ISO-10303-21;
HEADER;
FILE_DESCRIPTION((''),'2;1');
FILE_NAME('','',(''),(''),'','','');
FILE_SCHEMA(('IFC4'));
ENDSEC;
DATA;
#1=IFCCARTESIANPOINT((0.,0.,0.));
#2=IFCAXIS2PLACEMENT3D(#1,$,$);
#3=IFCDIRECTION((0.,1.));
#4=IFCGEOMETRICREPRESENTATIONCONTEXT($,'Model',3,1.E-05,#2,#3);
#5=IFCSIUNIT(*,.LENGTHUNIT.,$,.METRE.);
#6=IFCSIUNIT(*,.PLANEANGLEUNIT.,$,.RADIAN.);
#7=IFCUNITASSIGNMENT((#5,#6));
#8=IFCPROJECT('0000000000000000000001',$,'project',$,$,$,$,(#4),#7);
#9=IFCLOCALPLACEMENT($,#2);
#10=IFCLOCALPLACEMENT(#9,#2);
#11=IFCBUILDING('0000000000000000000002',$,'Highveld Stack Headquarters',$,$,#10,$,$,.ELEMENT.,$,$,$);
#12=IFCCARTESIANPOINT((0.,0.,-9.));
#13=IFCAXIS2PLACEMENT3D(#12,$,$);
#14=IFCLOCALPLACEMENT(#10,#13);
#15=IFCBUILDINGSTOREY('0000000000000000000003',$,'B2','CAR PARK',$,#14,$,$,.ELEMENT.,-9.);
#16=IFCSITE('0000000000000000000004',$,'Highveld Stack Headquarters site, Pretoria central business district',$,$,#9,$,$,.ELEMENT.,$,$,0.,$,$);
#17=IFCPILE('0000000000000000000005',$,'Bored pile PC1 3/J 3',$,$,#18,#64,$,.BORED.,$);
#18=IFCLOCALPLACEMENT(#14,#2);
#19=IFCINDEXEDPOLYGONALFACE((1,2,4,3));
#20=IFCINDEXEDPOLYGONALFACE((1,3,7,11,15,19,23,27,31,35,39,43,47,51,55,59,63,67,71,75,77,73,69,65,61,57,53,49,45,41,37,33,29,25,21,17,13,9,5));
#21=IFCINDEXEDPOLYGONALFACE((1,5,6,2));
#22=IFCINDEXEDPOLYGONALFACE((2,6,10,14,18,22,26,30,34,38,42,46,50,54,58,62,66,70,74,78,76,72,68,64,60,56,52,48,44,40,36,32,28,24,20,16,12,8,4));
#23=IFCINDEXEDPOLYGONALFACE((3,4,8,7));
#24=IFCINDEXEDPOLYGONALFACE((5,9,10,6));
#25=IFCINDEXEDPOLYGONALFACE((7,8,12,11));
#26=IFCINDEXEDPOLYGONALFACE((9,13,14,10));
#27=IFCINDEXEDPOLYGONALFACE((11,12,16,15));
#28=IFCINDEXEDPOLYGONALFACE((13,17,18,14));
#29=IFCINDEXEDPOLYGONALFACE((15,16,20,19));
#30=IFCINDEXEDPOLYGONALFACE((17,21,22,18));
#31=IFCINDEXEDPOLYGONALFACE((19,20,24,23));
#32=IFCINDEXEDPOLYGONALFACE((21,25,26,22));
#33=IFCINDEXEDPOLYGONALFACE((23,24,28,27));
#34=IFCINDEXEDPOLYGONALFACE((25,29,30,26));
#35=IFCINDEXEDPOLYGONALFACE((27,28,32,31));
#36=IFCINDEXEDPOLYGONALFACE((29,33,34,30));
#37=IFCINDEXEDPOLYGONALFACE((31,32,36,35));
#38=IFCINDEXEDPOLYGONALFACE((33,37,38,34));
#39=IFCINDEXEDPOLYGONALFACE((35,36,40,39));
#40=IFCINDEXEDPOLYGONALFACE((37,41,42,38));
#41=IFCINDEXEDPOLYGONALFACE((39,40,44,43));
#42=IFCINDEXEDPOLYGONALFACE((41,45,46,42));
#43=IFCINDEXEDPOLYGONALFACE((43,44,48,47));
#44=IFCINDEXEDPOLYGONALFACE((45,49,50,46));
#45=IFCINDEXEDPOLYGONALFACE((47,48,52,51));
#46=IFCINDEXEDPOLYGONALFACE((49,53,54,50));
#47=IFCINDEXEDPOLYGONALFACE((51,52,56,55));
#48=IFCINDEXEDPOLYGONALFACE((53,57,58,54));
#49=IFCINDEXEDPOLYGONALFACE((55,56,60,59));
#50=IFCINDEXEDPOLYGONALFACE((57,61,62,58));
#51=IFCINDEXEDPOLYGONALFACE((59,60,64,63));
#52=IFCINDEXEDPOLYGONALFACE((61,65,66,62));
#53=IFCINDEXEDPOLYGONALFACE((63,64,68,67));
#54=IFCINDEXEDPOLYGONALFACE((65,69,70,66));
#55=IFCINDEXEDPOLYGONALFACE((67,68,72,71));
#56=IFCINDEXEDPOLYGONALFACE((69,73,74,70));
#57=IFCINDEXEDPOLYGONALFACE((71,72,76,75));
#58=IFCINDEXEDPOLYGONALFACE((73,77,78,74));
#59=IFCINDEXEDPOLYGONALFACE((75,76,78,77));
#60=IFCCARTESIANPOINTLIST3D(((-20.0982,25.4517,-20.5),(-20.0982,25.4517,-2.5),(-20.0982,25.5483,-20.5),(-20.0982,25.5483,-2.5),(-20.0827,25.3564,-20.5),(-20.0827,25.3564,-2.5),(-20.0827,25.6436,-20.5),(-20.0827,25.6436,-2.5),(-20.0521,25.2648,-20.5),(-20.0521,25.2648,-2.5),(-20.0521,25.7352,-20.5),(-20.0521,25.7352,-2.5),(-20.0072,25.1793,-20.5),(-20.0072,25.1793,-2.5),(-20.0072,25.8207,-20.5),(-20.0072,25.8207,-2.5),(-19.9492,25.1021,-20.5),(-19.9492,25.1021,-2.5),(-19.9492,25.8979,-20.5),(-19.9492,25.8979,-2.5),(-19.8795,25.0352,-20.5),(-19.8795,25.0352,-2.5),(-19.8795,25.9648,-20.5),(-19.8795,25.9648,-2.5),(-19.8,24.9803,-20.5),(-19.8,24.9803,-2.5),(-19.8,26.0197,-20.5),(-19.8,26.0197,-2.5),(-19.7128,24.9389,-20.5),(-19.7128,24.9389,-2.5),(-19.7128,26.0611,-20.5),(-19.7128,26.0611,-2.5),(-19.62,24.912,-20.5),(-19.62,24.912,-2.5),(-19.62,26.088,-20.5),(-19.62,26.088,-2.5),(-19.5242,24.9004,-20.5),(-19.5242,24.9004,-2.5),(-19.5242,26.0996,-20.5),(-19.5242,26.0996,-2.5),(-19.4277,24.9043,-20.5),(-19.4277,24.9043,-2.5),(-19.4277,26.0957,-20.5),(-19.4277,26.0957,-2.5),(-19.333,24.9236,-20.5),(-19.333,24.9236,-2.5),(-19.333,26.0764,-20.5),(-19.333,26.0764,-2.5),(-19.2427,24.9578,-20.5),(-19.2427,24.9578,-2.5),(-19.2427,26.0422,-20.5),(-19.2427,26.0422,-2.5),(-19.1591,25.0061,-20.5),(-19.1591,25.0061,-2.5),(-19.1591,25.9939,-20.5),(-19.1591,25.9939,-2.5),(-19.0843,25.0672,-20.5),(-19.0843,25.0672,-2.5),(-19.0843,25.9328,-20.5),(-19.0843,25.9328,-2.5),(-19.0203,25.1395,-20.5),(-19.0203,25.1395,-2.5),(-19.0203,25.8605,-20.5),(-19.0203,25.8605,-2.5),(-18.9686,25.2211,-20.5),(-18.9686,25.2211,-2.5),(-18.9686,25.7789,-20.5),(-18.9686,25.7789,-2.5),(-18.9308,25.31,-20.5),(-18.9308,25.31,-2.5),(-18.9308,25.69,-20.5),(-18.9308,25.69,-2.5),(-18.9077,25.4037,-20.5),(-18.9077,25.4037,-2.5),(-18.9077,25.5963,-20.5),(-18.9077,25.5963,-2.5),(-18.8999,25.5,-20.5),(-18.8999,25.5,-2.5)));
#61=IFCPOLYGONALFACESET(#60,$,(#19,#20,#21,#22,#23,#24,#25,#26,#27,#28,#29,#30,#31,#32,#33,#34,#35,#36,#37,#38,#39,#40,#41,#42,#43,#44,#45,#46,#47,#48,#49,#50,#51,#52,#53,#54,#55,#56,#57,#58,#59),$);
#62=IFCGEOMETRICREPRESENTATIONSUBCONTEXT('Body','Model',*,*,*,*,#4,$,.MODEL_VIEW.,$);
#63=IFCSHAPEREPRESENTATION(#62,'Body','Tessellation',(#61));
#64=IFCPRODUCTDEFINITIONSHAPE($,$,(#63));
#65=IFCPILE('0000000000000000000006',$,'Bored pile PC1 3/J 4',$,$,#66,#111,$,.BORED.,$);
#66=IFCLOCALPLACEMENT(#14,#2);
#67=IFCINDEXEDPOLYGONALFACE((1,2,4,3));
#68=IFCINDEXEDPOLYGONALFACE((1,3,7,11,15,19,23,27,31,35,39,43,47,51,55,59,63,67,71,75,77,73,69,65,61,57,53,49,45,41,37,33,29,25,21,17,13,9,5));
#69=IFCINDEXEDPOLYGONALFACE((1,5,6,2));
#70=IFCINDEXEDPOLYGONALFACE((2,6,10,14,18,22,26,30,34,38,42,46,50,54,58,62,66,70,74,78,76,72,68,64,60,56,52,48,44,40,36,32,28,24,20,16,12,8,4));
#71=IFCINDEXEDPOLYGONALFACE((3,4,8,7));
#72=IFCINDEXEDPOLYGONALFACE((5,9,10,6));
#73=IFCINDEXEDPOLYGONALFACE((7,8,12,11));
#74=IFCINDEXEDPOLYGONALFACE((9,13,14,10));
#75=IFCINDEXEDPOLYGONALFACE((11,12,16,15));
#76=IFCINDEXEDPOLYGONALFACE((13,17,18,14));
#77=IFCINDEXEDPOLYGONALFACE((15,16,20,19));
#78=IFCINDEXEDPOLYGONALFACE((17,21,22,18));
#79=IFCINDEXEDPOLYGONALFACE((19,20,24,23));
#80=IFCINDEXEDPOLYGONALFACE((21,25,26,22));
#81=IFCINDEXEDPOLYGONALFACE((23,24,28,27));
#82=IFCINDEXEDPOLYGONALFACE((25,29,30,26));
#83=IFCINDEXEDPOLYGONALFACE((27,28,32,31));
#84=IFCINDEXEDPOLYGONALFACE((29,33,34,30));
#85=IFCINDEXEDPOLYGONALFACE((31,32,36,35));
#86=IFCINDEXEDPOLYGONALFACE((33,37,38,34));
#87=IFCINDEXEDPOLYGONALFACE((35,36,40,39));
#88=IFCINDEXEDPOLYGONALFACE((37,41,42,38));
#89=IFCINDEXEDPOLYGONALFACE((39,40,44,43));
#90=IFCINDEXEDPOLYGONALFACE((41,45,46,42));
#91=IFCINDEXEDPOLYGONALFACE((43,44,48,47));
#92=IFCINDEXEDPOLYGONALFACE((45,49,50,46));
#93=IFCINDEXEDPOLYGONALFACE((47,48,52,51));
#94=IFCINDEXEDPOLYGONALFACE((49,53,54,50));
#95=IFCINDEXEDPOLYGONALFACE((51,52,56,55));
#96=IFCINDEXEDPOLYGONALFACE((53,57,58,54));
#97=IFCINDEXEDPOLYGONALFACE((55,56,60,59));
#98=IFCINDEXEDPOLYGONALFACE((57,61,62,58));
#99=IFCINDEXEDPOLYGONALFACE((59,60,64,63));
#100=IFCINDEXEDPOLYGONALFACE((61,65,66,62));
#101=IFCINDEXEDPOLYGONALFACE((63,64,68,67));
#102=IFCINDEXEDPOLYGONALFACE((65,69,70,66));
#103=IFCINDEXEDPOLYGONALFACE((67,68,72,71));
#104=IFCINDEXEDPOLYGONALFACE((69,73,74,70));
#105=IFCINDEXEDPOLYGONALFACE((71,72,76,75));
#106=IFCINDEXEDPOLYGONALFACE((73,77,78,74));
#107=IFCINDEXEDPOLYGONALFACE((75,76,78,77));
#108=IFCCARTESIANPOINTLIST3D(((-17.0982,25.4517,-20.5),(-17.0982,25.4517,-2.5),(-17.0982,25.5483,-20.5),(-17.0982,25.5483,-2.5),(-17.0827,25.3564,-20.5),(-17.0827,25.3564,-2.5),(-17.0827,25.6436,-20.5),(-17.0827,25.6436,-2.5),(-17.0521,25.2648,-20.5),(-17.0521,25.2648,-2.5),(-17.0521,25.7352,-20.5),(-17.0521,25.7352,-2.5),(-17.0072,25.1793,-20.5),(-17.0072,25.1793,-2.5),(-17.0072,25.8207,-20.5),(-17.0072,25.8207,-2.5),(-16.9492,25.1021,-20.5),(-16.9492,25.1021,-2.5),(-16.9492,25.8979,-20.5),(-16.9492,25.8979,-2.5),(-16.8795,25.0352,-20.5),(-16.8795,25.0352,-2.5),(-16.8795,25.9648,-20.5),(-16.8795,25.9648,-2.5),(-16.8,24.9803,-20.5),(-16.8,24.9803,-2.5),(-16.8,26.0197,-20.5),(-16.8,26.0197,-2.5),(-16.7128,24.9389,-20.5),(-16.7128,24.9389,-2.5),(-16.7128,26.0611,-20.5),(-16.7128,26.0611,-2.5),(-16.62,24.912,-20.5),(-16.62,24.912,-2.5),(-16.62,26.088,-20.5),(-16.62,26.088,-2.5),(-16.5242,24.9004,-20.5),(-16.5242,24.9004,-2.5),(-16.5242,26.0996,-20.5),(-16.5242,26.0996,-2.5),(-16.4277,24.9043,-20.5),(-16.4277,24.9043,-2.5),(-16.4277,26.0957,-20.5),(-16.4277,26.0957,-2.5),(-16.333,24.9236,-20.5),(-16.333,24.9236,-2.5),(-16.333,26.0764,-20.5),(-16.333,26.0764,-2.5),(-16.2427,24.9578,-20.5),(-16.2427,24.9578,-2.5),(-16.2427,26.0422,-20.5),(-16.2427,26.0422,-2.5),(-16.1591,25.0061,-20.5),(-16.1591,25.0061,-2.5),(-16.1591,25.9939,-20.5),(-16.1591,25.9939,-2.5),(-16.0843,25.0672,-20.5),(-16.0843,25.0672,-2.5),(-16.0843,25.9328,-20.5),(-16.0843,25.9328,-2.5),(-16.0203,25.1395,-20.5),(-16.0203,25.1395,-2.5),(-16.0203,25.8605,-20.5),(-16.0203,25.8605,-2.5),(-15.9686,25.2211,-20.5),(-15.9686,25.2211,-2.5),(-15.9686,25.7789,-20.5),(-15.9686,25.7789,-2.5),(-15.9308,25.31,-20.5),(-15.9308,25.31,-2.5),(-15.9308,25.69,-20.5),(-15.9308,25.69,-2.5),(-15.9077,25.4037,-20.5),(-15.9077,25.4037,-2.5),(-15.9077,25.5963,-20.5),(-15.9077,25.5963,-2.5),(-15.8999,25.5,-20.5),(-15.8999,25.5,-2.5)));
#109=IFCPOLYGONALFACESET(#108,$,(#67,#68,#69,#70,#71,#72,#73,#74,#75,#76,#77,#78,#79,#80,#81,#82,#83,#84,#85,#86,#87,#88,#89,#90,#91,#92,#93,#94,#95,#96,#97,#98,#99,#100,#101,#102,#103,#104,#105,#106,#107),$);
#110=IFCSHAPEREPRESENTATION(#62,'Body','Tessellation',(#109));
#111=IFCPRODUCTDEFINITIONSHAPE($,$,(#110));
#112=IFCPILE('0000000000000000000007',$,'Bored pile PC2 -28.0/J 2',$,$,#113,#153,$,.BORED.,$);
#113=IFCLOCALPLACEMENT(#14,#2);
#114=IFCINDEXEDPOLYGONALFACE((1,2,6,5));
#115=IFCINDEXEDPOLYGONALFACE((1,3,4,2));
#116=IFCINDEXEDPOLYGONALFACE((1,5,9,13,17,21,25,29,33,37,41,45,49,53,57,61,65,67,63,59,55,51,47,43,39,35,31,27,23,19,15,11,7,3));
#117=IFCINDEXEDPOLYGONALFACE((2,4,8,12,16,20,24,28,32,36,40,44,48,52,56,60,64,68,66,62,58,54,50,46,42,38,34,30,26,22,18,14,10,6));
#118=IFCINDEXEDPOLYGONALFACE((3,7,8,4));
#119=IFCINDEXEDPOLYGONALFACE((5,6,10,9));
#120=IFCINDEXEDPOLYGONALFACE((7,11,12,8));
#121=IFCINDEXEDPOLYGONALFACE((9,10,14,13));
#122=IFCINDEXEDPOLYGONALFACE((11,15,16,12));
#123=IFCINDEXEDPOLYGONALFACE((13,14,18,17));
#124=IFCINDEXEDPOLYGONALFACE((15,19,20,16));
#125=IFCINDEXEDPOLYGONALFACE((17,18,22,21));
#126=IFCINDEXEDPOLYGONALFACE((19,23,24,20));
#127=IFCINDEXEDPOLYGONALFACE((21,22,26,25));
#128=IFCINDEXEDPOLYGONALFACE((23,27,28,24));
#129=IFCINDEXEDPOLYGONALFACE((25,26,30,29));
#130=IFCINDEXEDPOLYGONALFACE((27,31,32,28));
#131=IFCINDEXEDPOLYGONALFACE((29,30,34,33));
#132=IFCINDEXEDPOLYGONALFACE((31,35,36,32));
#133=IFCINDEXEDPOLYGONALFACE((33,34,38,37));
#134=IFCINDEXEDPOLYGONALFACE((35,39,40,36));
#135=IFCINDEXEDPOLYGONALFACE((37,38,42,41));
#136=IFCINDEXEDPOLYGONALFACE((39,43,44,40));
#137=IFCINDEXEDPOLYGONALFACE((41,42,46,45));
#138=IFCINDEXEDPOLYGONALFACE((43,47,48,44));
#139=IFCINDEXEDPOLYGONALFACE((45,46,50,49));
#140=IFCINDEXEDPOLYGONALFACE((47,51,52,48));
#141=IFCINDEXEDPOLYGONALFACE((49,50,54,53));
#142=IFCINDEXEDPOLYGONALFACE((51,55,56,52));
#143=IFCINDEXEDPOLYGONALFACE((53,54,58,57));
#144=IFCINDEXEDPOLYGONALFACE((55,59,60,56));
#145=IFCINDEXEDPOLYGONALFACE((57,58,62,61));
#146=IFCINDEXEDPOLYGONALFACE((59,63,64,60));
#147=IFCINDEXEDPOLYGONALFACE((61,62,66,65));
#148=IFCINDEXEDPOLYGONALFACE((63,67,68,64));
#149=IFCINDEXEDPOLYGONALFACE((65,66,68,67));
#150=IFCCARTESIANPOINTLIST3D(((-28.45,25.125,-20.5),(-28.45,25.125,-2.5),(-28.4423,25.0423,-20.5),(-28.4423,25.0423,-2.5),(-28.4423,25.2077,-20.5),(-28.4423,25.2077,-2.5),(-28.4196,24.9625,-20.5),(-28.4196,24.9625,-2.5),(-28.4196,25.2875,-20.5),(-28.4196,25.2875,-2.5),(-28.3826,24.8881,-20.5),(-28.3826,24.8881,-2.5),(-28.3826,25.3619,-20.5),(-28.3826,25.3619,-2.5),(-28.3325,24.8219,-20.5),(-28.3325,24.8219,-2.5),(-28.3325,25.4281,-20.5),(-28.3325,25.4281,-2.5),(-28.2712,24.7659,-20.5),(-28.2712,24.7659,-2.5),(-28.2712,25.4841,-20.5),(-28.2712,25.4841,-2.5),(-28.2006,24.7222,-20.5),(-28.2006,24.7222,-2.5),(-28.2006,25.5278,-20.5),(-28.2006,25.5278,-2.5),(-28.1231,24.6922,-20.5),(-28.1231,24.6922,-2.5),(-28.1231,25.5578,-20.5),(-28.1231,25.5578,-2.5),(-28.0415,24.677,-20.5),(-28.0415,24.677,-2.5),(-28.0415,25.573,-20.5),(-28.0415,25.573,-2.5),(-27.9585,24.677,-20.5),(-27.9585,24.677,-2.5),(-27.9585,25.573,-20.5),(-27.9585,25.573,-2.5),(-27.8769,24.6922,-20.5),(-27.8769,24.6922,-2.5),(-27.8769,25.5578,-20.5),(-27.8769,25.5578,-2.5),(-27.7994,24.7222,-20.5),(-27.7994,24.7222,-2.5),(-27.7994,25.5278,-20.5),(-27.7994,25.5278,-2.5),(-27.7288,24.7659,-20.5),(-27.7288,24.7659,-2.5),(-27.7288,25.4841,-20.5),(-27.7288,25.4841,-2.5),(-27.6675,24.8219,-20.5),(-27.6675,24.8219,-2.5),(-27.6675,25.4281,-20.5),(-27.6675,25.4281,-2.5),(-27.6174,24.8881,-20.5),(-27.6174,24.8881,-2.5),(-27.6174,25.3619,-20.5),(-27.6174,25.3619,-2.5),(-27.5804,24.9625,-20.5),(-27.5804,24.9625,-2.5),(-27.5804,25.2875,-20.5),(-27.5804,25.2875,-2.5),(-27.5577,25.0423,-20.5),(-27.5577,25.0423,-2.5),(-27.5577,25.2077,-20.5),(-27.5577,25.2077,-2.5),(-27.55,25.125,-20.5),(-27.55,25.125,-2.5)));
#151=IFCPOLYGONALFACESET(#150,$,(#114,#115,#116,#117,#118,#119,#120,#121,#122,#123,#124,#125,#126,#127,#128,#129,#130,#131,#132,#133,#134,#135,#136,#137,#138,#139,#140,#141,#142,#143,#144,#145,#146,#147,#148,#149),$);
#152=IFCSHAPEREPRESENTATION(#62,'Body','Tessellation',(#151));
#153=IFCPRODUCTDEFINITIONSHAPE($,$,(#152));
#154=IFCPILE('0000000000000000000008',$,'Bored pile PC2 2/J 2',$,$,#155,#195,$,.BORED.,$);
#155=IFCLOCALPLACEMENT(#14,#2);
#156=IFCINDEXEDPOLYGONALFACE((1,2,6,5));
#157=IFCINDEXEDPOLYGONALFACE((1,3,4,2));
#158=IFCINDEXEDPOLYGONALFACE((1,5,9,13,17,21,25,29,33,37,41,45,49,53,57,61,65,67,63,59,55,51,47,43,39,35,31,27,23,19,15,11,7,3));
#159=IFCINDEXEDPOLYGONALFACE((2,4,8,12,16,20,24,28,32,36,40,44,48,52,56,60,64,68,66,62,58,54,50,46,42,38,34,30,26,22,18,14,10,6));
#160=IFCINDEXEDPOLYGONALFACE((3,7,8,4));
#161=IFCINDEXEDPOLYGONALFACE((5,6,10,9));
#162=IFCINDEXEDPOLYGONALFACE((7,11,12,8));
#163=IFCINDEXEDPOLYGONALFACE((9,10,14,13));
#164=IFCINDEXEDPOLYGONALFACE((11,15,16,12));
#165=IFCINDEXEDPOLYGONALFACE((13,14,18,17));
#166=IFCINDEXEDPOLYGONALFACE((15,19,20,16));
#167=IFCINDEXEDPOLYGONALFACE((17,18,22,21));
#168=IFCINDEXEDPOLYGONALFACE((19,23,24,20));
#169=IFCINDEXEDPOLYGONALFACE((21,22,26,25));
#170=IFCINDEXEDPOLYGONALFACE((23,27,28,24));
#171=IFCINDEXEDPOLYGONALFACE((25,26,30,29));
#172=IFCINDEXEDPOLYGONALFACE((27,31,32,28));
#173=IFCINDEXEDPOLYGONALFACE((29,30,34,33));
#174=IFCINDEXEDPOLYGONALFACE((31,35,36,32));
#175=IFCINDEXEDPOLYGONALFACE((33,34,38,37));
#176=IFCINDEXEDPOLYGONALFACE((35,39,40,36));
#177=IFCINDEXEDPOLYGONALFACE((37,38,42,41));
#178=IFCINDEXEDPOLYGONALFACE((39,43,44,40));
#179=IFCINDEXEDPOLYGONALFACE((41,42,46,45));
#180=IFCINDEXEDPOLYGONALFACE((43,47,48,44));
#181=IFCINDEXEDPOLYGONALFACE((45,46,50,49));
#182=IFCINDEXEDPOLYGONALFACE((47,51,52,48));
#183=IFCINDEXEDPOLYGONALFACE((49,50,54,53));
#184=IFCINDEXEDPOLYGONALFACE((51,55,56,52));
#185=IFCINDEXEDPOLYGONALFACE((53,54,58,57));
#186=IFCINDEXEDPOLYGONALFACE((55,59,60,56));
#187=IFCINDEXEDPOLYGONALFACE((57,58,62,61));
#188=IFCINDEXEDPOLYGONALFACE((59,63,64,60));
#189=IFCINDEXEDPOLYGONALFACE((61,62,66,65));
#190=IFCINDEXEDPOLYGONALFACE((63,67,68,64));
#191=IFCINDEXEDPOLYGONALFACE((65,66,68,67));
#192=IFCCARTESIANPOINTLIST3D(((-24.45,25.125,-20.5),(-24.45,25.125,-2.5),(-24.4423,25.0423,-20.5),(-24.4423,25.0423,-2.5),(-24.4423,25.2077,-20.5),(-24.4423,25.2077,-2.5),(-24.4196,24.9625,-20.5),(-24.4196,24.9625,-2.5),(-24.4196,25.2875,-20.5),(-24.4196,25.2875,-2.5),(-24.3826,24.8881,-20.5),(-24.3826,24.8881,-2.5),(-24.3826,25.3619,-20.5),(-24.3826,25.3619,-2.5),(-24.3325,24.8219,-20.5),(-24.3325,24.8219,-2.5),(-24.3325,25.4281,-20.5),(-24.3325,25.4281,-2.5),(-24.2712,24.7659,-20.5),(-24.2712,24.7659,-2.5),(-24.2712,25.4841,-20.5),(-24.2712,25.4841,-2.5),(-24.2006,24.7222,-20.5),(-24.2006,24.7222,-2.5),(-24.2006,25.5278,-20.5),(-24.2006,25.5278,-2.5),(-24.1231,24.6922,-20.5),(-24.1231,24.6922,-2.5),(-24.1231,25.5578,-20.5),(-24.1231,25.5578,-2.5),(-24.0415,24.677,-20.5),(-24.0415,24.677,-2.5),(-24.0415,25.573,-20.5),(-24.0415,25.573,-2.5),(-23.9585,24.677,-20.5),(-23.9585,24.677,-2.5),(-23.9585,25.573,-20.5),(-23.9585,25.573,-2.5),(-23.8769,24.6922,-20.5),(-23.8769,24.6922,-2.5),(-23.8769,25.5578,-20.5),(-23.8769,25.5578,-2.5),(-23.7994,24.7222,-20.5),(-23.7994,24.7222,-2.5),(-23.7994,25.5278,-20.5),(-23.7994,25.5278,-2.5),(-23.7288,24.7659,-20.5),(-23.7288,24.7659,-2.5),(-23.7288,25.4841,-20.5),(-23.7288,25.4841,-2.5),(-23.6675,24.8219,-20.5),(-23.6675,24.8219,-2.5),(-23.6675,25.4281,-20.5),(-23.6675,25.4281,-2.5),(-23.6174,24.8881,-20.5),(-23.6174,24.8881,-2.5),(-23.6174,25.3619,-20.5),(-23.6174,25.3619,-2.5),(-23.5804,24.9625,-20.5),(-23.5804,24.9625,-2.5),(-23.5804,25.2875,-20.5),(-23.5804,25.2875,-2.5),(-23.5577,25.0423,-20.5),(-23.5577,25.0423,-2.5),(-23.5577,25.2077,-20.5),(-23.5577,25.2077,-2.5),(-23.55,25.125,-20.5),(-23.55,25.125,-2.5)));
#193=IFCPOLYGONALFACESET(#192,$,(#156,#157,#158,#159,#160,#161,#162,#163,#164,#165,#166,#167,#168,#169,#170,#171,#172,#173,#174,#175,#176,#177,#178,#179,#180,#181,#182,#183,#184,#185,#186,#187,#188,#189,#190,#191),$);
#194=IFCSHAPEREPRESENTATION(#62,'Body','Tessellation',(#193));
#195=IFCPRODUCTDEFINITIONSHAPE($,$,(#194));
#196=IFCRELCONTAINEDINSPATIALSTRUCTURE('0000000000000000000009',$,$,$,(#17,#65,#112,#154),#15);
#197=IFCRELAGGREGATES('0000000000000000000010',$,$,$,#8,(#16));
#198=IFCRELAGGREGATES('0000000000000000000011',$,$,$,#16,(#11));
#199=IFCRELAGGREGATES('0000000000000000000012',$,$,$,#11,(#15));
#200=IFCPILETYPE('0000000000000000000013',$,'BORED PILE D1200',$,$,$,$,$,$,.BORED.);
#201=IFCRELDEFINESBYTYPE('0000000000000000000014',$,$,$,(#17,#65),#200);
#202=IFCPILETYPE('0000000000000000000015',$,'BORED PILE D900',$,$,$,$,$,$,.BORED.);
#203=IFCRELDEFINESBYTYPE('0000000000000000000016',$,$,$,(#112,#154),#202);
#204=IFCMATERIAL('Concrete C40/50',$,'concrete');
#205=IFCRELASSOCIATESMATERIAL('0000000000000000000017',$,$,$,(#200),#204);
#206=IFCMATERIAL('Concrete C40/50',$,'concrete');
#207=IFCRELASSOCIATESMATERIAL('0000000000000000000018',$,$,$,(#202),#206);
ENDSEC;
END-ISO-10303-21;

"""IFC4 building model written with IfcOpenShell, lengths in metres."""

from ifc_helpers import new_model, si_unit, direction, frame, origin, origin_2d, place, context, subcontext, project, spatial, circle, extrude, material, type_object, element, save


model = new_model("IFC4")

# Units and contexts
model_context = context("Model", 3, precision=1e-05, world=origin(), true_north=direction((0.0, 1.0)))
body_context = subcontext(model_context, "Body", "Model", "MODEL_VIEW")
ifc_project = project(units=[si_unit("LENGTHUNIT", "METRE"), si_unit("PLANEANGLEUNIT", "RADIAN")], contexts=[model_context])

# Site, building, storey
site_placement = place(None, origin())
site = spatial("IfcSite", under=ifc_project, at=site_placement, Name="Highveld Stack Headquarters site, Pretoria central business district", CompositionType="ELEMENT", RefElevation=0.0)
building_placement = place(site_placement, origin())
building = spatial("IfcBuilding", under=site, at=building_placement, Name="Highveld Stack Headquarters", CompositionType="ELEMENT")
storey_placement = place(building_placement, frame((0.0, 0.0, -9.0)))
storey = spatial("IfcBuildingStorey", under=building, at=storey_placement, Name="B2", Description="CAR PARK", CompositionType="ELEMENT", Elevation=-9.0)

# Piles
ifc_material_1 = material(Name="Concrete C40/50", Category="concrete")
pile_type_1 = type_object("IfcPileType", Name="BORED PILE D1200", PredefinedType="BORED", material=ifc_material_1)
for number, where, z_axis, x_axis, name in (
    (1, (-19.5, 25.5, -2.5), (0.0, 0.0, -1.0), (1.0, 0.0, 0.0), "Bored pile PC1 3/J 3"),
    (2, (-16.5, 25.5, -2.5), (0.0, 0.0, -1.0), (1.0, 0.0, 0.0), "Bored pile PC1 3/J 4"),
):
    element("IfcPile", number, at=place(storey_placement, frame(where, z_axis=z_axis, x_axis=x_axis)), inside=storey, type_object=pile_type_1, Name=name, PredefinedType="BORED", context=body_context, shape_type="SweptSolid", body=[
        extrude(circle(Radius=0.6001, at=origin_2d()), origin(), (0.0, 0.0, 1.0), 18.0),
    ])
ifc_material_2 = material(Name="Concrete C40/50", Category="concrete")
pile_type_2 = type_object("IfcPileType", Name="BORED PILE D900", PredefinedType="BORED", material=ifc_material_2)
for number, where, z_axis, x_axis, name in (
    (3, (-28.0, 25.125, -2.5), (0.0, 0.0, -1.0), (1.0, 0.0, 0.0), "Bored pile PC2 -28.0/J 2"),
    (4, (-24.0, 25.125, -2.5), (0.0, 0.0, -1.0), (1.0, 0.0, 0.0), "Bored pile PC2 2/J 2"),
):
    element("IfcPile", number, at=place(storey_placement, frame(where, z_axis=z_axis, x_axis=x_axis)), inside=storey, type_object=pile_type_2, Name=name, PredefinedType="BORED", context=body_context, shape_type="SweptSolid", body=[
        extrude(circle(Radius=0.45, at=origin_2d()), origin(), (0.0, 0.0, 1.0), 18.0),
    ])

save(model, "model.ifc")
